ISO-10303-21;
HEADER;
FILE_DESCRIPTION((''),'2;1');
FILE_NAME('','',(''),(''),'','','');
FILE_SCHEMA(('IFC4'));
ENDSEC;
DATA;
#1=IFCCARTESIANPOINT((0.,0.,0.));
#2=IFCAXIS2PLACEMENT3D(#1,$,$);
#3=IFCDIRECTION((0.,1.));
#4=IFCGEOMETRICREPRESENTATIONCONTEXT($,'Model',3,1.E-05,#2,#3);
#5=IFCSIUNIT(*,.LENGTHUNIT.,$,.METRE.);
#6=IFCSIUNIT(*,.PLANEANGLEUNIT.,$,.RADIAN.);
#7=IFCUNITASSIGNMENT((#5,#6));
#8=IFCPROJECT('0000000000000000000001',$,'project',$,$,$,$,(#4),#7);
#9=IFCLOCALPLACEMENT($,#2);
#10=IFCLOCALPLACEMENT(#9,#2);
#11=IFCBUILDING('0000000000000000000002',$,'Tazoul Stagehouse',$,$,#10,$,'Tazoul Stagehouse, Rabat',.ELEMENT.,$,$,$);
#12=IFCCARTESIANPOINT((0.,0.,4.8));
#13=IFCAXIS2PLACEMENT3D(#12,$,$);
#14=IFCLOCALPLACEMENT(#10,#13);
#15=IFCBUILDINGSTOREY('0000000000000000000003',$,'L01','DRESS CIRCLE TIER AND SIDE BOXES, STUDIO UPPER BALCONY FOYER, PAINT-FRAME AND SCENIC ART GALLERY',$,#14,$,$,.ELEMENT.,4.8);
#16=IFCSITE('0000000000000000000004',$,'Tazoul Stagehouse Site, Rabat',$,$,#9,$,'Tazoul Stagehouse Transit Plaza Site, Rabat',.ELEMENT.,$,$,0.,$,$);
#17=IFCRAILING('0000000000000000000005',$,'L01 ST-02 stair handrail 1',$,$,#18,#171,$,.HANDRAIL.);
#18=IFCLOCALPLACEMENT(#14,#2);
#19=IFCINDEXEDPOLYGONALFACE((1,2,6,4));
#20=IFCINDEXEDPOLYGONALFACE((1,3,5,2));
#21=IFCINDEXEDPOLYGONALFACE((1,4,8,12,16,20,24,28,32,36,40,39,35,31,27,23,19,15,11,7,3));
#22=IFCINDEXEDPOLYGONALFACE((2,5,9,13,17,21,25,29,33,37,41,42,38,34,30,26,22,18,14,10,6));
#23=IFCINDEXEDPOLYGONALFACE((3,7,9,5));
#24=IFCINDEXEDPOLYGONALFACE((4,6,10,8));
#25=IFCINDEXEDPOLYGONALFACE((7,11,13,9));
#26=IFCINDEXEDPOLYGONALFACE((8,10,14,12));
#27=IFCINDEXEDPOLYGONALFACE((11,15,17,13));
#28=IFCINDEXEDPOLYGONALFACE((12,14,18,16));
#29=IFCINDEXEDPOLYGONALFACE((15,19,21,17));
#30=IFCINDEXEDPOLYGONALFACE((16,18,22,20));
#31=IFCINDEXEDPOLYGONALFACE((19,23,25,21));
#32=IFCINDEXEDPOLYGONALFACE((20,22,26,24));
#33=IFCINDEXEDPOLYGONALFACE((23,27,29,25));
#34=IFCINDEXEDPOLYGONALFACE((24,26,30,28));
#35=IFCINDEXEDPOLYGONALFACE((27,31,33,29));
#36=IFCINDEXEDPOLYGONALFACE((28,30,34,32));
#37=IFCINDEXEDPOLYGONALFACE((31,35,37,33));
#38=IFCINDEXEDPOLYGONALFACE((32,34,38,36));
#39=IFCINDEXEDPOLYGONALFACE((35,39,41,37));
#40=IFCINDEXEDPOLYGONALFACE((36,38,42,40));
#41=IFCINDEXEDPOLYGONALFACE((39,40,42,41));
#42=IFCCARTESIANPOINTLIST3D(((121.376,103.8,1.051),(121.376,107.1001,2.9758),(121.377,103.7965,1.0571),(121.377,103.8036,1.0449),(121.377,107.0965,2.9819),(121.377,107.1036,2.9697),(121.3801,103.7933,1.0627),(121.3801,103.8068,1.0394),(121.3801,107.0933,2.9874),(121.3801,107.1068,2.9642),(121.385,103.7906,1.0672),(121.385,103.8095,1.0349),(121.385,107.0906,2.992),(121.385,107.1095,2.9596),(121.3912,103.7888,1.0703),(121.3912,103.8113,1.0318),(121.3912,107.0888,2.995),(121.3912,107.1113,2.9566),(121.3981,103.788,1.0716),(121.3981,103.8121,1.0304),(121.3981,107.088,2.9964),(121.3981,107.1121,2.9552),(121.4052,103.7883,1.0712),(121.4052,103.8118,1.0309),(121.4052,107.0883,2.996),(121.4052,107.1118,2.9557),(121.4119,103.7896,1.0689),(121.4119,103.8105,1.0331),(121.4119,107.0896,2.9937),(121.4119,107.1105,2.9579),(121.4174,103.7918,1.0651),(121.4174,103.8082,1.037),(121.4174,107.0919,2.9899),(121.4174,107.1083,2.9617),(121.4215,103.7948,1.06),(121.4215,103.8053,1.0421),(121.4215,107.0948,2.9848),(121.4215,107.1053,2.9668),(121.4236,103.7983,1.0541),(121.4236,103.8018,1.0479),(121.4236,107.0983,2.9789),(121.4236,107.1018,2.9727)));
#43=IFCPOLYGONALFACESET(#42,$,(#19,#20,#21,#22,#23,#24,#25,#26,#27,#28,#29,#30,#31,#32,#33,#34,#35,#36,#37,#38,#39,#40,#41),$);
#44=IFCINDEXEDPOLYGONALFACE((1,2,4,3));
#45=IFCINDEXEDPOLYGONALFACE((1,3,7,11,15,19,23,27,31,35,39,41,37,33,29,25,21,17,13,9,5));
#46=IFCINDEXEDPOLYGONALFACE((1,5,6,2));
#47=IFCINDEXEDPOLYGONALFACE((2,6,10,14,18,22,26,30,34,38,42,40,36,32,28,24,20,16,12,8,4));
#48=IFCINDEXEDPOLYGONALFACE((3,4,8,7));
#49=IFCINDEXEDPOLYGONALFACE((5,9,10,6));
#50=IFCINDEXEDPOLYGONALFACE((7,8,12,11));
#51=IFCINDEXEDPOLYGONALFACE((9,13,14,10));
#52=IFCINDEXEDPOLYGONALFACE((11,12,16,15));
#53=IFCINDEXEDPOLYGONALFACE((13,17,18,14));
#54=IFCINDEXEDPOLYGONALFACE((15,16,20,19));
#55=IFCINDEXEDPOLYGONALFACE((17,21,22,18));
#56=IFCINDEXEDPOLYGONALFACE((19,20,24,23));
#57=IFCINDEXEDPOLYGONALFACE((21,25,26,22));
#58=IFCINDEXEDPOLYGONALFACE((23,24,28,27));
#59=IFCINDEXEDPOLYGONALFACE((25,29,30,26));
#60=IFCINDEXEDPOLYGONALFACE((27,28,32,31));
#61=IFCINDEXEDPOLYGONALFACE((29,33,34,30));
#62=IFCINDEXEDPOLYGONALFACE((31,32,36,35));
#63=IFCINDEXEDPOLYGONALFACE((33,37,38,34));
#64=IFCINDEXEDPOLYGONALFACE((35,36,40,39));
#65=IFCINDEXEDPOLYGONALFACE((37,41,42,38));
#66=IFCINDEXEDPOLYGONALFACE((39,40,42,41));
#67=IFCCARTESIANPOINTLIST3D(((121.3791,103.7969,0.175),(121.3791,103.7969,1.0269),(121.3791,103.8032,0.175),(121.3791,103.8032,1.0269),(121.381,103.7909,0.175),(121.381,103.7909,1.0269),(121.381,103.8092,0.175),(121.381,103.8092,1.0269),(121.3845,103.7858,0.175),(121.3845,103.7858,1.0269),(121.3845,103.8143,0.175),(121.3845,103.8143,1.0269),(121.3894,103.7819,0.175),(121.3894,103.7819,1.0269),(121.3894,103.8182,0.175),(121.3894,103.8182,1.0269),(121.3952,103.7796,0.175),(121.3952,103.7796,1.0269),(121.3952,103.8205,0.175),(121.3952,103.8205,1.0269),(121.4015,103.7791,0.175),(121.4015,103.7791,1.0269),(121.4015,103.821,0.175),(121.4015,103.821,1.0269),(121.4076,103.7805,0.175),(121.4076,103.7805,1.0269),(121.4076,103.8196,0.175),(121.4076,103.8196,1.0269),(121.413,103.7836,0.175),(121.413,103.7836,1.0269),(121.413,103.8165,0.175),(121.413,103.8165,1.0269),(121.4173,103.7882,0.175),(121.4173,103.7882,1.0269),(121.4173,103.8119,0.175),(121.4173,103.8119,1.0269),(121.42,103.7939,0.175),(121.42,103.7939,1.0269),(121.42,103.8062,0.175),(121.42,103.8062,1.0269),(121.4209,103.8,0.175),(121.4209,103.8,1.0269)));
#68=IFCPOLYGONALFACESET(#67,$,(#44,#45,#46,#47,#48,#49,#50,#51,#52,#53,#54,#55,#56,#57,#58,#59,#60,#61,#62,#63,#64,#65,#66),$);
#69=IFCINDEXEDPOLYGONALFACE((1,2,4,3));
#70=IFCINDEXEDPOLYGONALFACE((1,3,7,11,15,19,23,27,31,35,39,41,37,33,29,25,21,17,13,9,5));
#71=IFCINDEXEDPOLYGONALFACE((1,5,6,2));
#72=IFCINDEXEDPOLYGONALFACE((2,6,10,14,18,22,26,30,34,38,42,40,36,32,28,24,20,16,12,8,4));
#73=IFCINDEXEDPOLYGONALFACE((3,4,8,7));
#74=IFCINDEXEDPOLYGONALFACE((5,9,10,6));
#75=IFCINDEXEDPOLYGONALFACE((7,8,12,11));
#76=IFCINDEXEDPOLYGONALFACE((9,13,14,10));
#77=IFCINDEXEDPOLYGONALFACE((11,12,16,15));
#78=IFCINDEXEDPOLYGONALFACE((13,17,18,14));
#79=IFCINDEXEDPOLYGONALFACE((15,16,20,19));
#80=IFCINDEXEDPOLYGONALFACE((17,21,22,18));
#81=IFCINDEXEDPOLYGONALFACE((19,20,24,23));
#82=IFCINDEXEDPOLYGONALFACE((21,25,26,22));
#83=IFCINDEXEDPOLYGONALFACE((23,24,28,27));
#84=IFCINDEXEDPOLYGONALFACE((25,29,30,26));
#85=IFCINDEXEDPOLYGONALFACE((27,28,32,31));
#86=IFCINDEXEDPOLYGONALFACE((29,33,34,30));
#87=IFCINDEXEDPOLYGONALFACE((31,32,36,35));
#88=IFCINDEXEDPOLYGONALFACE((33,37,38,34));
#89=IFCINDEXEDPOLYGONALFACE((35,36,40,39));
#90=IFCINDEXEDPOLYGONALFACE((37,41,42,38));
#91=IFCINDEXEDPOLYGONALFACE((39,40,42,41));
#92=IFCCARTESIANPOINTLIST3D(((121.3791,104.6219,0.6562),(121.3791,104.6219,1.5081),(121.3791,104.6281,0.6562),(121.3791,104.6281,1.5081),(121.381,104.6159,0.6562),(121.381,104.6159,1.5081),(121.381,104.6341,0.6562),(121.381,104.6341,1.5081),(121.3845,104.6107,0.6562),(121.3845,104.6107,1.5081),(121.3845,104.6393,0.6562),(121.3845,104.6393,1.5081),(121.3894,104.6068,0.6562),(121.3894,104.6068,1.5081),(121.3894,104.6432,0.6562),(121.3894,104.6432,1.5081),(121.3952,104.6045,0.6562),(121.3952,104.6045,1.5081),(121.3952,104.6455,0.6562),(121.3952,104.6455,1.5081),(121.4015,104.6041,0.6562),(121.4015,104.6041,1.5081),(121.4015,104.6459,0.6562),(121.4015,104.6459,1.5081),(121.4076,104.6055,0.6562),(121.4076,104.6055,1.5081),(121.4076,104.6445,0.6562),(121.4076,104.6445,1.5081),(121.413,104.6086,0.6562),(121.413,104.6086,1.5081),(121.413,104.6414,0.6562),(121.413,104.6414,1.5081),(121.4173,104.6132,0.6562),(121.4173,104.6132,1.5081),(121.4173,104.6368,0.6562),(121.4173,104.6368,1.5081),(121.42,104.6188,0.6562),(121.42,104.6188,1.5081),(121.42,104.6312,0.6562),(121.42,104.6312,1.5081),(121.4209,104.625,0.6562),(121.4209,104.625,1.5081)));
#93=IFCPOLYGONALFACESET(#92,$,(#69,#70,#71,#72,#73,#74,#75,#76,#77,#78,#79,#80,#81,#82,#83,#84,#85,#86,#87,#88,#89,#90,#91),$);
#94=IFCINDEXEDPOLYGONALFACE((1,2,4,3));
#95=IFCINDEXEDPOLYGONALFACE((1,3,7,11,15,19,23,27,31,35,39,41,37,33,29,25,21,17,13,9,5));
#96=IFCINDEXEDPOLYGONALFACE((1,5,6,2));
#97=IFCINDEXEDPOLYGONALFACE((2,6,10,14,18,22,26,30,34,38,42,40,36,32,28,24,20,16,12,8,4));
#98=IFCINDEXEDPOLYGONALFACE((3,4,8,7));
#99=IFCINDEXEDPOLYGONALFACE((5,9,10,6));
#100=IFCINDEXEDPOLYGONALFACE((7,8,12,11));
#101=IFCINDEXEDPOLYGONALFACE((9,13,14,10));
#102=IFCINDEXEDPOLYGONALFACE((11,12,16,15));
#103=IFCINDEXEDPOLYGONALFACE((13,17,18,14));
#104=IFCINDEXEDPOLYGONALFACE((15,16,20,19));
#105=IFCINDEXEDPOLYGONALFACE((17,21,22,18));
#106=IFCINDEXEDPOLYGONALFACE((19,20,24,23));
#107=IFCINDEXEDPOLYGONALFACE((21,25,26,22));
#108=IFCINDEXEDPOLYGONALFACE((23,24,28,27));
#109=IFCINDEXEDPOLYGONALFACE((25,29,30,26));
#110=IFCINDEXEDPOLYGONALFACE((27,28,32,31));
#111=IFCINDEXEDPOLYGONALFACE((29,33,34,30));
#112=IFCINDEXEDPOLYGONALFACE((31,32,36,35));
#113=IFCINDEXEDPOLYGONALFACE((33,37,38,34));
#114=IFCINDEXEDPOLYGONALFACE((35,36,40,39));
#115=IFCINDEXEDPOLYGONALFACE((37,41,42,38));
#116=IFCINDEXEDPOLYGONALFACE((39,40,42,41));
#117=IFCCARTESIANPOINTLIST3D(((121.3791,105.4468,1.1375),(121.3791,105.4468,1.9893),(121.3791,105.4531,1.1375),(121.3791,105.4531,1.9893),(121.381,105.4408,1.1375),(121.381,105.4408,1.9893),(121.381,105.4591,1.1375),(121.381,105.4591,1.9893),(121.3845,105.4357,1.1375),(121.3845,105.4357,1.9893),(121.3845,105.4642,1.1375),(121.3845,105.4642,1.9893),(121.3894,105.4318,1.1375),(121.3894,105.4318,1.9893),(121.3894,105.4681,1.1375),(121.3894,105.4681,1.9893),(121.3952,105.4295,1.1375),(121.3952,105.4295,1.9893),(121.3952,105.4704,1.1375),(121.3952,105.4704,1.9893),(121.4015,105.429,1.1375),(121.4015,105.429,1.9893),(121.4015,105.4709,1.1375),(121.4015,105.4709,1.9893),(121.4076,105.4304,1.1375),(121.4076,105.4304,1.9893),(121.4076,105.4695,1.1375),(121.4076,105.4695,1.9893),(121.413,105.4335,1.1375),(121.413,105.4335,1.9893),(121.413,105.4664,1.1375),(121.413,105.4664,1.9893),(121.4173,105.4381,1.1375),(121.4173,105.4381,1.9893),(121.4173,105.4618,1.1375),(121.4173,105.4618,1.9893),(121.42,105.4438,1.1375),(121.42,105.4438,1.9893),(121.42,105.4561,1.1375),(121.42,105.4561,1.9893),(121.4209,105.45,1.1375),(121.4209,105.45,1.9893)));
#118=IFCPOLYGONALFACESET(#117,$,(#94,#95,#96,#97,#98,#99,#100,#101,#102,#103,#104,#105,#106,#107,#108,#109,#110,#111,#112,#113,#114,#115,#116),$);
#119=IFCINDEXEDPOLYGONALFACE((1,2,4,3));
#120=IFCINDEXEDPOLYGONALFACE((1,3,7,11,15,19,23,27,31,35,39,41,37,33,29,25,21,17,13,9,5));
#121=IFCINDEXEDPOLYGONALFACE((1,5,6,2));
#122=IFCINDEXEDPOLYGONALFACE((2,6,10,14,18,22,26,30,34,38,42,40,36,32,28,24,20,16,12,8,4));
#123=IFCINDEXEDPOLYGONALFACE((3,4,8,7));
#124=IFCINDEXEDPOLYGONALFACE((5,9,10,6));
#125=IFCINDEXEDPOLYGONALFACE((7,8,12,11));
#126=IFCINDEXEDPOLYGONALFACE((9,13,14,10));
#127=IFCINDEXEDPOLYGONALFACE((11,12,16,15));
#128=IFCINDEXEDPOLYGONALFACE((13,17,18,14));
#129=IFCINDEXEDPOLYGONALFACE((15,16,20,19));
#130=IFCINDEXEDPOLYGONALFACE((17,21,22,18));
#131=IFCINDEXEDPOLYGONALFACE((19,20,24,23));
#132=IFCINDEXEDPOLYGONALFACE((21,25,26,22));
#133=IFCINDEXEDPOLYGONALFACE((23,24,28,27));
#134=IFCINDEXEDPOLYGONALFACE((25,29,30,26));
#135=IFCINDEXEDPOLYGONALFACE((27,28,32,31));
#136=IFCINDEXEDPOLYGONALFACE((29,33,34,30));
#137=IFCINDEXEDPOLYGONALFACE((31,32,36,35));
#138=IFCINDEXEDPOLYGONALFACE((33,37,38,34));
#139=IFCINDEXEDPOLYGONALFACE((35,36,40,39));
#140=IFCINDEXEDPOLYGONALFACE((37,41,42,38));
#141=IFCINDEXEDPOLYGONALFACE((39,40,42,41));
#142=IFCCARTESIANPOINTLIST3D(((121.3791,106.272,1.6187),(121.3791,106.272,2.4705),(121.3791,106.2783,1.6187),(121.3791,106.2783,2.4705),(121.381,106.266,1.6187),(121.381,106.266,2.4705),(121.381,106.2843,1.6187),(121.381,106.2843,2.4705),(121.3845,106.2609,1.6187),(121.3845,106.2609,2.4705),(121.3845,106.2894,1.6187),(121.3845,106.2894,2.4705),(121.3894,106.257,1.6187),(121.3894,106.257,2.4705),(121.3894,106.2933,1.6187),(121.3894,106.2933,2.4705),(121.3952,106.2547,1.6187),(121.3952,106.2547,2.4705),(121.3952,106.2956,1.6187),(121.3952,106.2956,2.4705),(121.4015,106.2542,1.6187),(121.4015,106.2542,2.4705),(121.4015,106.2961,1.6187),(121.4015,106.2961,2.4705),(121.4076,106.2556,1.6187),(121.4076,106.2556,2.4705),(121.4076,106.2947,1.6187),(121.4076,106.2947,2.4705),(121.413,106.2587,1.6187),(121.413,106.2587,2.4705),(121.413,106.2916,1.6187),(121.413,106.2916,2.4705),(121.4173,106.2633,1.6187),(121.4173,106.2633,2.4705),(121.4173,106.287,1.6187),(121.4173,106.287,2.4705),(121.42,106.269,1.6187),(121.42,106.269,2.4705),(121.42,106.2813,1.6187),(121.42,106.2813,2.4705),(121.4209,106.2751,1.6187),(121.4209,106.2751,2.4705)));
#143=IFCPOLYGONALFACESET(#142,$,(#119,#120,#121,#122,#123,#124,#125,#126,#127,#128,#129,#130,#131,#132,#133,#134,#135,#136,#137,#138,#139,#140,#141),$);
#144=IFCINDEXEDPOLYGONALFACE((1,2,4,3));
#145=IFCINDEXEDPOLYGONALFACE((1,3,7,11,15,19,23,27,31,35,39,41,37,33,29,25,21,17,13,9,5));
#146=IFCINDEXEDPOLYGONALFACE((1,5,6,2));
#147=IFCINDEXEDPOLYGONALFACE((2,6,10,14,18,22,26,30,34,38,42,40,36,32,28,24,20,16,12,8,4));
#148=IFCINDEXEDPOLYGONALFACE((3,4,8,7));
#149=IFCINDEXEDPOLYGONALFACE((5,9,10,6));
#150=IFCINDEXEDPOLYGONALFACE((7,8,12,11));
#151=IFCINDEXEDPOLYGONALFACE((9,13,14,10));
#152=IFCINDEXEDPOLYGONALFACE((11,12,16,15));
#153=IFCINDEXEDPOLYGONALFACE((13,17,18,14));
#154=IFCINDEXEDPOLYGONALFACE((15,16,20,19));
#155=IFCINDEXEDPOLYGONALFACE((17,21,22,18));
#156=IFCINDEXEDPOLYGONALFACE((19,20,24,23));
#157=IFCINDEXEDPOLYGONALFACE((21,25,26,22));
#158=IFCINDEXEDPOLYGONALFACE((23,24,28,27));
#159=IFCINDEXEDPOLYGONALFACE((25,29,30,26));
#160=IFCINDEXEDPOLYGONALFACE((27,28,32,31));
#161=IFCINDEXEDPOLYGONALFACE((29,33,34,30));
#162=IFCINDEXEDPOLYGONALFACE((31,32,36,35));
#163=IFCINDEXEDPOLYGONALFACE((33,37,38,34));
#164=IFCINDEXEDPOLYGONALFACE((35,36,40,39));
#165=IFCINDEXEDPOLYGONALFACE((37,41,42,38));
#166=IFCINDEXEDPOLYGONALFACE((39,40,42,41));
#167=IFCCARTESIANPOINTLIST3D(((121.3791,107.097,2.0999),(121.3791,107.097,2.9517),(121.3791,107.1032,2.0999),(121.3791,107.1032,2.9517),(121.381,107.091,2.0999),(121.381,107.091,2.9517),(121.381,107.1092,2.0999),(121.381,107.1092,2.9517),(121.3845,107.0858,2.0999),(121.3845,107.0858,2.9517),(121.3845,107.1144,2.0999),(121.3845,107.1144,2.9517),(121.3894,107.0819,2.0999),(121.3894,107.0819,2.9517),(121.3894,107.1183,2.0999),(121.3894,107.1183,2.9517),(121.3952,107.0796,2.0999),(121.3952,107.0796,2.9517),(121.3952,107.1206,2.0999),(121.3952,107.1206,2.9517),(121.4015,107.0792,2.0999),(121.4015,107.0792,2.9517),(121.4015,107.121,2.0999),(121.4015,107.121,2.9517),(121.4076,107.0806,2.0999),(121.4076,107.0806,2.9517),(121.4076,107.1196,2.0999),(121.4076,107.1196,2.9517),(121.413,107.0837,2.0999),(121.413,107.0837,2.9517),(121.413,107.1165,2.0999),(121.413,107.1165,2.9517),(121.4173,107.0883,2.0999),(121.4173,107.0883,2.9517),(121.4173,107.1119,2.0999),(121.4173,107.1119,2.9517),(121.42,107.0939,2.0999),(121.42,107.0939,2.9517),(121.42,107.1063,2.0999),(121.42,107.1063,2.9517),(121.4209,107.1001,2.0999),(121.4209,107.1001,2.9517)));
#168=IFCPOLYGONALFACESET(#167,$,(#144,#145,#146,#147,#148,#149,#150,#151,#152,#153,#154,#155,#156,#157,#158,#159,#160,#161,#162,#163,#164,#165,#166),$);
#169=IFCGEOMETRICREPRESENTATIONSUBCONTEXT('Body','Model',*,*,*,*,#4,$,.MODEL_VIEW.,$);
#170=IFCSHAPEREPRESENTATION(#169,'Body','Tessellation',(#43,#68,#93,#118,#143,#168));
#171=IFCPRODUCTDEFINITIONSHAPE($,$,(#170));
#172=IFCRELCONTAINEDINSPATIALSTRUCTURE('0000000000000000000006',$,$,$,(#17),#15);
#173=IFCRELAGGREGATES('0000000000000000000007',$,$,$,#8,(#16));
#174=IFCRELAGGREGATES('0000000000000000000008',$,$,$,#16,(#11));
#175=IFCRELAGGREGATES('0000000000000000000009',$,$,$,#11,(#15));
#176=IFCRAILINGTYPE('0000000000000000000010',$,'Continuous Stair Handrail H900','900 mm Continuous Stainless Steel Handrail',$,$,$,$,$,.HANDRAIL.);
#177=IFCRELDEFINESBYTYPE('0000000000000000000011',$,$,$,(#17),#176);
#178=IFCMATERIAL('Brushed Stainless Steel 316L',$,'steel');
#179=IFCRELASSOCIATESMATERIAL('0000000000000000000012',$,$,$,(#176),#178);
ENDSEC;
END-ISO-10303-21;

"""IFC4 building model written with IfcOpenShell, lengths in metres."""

from ifc_helpers import new_model, si_unit, direction, frame, origin, origin_2d, place, context, subcontext, project, spatial, circle, extrude, material, material_profile, profile_set, type_object, element, save


model = new_model("IFC4")

# Units and contexts
model_context = context("Model", 3, precision=1e-05, world=origin(), true_north=direction((0.0, 1.0)))
body_context = subcontext(model_context, "Body", "Model", "MODEL_VIEW")
ifc_project = project(units=[si_unit("LENGTHUNIT", "METRE"), si_unit("PLANEANGLEUNIT", "RADIAN")], contexts=[model_context])

# Site, building, storey
site_placement = place(None, origin())
site = spatial("IfcSite", under=ifc_project, at=site_placement, Name="Tazoul Stagehouse Site, Rabat", LongName="Tazoul Stagehouse Transit Plaza Site, Rabat", CompositionType="ELEMENT", RefElevation=0.0)
building_placement = place(site_placement, origin())
building = spatial("IfcBuilding", under=site, at=building_placement, Name="Tazoul Stagehouse", LongName="Tazoul Stagehouse, Rabat", CompositionType="ELEMENT")
storey_placement = place(building_placement, frame((0.0, 0.0, 4.8)))
storey = spatial("IfcBuildingStorey", under=building, at=storey_placement, Name="L01", Description="DRESS CIRCLE TIER AND SIDE BOXES, STUDIO UPPER BALCONY FOYER, PAINT-FRAME AND SCENIC ART GALLERY", CompositionType="ELEMENT", Elevation=4.8)

# Railing
ifc_material_1 = material(Name="Brushed Stainless Steel 316L", Category="steel")
ifc_material_profile_1 = material_profile(ifc_material_1, circle(Radius=0.021, at=origin_2d()), Name="SS HANDRAIL D42")
ifc_profile_set_1 = profile_set([ifc_material_profile_1], Name="Brushed Stainless Steel 316L")
railing_type_1 = type_object("IfcRailingType", Name="Continuous Stair Handrail H900", Description="900 mm Continuous Stainless Steel Handrail", PredefinedType="HANDRAIL", material=ifc_profile_set_1)
railing_1_placement = place(storey_placement, frame((121.3999, 103.8, 0.175)))
element("IfcRailing", 1, at=railing_1_placement, inside=storey, type_object=railing_type_1, Name="L01 ST-02 stair handrail 1", PredefinedType="HANDRAIL", context=body_context, shape_type="SweptSolid", body=[
    extrude(circle(Radius=0.0239, at=origin_2d()), frame((0.0, 0.0, 0.876), z_axis=(0.0, 0.863804, 0.503827), x_axis=(-1.0, 0.0, 0.0)), (0.0, 0.0, 1.0), 3.8203),
    extrude(circle(Radius=0.021, at=origin_2d()), origin(), (0.0, 0.0, 1.0), 0.8518),
    extrude(circle(Radius=0.021, at=origin_2d()), frame((0.0, 0.825, 0.4812)), (0.0, 0.0, 1.0), 0.8518),
    extrude(circle(Radius=0.021, at=origin_2d()), frame((0.0, 1.6499, 0.9624)), (0.0, 0.0, 1.0), 0.8518),
    extrude(circle(Radius=0.021, at=origin_2d()), frame((0.0, 2.4751, 1.4436)), (0.0, 0.0, 1.0), 0.8518),
    extrude(circle(Radius=0.021, at=origin_2d()), frame((0.0, 3.3, 1.9248)), (0.0, 0.0, 1.0), 0.8518),
])

save(model, "model.ifc")
